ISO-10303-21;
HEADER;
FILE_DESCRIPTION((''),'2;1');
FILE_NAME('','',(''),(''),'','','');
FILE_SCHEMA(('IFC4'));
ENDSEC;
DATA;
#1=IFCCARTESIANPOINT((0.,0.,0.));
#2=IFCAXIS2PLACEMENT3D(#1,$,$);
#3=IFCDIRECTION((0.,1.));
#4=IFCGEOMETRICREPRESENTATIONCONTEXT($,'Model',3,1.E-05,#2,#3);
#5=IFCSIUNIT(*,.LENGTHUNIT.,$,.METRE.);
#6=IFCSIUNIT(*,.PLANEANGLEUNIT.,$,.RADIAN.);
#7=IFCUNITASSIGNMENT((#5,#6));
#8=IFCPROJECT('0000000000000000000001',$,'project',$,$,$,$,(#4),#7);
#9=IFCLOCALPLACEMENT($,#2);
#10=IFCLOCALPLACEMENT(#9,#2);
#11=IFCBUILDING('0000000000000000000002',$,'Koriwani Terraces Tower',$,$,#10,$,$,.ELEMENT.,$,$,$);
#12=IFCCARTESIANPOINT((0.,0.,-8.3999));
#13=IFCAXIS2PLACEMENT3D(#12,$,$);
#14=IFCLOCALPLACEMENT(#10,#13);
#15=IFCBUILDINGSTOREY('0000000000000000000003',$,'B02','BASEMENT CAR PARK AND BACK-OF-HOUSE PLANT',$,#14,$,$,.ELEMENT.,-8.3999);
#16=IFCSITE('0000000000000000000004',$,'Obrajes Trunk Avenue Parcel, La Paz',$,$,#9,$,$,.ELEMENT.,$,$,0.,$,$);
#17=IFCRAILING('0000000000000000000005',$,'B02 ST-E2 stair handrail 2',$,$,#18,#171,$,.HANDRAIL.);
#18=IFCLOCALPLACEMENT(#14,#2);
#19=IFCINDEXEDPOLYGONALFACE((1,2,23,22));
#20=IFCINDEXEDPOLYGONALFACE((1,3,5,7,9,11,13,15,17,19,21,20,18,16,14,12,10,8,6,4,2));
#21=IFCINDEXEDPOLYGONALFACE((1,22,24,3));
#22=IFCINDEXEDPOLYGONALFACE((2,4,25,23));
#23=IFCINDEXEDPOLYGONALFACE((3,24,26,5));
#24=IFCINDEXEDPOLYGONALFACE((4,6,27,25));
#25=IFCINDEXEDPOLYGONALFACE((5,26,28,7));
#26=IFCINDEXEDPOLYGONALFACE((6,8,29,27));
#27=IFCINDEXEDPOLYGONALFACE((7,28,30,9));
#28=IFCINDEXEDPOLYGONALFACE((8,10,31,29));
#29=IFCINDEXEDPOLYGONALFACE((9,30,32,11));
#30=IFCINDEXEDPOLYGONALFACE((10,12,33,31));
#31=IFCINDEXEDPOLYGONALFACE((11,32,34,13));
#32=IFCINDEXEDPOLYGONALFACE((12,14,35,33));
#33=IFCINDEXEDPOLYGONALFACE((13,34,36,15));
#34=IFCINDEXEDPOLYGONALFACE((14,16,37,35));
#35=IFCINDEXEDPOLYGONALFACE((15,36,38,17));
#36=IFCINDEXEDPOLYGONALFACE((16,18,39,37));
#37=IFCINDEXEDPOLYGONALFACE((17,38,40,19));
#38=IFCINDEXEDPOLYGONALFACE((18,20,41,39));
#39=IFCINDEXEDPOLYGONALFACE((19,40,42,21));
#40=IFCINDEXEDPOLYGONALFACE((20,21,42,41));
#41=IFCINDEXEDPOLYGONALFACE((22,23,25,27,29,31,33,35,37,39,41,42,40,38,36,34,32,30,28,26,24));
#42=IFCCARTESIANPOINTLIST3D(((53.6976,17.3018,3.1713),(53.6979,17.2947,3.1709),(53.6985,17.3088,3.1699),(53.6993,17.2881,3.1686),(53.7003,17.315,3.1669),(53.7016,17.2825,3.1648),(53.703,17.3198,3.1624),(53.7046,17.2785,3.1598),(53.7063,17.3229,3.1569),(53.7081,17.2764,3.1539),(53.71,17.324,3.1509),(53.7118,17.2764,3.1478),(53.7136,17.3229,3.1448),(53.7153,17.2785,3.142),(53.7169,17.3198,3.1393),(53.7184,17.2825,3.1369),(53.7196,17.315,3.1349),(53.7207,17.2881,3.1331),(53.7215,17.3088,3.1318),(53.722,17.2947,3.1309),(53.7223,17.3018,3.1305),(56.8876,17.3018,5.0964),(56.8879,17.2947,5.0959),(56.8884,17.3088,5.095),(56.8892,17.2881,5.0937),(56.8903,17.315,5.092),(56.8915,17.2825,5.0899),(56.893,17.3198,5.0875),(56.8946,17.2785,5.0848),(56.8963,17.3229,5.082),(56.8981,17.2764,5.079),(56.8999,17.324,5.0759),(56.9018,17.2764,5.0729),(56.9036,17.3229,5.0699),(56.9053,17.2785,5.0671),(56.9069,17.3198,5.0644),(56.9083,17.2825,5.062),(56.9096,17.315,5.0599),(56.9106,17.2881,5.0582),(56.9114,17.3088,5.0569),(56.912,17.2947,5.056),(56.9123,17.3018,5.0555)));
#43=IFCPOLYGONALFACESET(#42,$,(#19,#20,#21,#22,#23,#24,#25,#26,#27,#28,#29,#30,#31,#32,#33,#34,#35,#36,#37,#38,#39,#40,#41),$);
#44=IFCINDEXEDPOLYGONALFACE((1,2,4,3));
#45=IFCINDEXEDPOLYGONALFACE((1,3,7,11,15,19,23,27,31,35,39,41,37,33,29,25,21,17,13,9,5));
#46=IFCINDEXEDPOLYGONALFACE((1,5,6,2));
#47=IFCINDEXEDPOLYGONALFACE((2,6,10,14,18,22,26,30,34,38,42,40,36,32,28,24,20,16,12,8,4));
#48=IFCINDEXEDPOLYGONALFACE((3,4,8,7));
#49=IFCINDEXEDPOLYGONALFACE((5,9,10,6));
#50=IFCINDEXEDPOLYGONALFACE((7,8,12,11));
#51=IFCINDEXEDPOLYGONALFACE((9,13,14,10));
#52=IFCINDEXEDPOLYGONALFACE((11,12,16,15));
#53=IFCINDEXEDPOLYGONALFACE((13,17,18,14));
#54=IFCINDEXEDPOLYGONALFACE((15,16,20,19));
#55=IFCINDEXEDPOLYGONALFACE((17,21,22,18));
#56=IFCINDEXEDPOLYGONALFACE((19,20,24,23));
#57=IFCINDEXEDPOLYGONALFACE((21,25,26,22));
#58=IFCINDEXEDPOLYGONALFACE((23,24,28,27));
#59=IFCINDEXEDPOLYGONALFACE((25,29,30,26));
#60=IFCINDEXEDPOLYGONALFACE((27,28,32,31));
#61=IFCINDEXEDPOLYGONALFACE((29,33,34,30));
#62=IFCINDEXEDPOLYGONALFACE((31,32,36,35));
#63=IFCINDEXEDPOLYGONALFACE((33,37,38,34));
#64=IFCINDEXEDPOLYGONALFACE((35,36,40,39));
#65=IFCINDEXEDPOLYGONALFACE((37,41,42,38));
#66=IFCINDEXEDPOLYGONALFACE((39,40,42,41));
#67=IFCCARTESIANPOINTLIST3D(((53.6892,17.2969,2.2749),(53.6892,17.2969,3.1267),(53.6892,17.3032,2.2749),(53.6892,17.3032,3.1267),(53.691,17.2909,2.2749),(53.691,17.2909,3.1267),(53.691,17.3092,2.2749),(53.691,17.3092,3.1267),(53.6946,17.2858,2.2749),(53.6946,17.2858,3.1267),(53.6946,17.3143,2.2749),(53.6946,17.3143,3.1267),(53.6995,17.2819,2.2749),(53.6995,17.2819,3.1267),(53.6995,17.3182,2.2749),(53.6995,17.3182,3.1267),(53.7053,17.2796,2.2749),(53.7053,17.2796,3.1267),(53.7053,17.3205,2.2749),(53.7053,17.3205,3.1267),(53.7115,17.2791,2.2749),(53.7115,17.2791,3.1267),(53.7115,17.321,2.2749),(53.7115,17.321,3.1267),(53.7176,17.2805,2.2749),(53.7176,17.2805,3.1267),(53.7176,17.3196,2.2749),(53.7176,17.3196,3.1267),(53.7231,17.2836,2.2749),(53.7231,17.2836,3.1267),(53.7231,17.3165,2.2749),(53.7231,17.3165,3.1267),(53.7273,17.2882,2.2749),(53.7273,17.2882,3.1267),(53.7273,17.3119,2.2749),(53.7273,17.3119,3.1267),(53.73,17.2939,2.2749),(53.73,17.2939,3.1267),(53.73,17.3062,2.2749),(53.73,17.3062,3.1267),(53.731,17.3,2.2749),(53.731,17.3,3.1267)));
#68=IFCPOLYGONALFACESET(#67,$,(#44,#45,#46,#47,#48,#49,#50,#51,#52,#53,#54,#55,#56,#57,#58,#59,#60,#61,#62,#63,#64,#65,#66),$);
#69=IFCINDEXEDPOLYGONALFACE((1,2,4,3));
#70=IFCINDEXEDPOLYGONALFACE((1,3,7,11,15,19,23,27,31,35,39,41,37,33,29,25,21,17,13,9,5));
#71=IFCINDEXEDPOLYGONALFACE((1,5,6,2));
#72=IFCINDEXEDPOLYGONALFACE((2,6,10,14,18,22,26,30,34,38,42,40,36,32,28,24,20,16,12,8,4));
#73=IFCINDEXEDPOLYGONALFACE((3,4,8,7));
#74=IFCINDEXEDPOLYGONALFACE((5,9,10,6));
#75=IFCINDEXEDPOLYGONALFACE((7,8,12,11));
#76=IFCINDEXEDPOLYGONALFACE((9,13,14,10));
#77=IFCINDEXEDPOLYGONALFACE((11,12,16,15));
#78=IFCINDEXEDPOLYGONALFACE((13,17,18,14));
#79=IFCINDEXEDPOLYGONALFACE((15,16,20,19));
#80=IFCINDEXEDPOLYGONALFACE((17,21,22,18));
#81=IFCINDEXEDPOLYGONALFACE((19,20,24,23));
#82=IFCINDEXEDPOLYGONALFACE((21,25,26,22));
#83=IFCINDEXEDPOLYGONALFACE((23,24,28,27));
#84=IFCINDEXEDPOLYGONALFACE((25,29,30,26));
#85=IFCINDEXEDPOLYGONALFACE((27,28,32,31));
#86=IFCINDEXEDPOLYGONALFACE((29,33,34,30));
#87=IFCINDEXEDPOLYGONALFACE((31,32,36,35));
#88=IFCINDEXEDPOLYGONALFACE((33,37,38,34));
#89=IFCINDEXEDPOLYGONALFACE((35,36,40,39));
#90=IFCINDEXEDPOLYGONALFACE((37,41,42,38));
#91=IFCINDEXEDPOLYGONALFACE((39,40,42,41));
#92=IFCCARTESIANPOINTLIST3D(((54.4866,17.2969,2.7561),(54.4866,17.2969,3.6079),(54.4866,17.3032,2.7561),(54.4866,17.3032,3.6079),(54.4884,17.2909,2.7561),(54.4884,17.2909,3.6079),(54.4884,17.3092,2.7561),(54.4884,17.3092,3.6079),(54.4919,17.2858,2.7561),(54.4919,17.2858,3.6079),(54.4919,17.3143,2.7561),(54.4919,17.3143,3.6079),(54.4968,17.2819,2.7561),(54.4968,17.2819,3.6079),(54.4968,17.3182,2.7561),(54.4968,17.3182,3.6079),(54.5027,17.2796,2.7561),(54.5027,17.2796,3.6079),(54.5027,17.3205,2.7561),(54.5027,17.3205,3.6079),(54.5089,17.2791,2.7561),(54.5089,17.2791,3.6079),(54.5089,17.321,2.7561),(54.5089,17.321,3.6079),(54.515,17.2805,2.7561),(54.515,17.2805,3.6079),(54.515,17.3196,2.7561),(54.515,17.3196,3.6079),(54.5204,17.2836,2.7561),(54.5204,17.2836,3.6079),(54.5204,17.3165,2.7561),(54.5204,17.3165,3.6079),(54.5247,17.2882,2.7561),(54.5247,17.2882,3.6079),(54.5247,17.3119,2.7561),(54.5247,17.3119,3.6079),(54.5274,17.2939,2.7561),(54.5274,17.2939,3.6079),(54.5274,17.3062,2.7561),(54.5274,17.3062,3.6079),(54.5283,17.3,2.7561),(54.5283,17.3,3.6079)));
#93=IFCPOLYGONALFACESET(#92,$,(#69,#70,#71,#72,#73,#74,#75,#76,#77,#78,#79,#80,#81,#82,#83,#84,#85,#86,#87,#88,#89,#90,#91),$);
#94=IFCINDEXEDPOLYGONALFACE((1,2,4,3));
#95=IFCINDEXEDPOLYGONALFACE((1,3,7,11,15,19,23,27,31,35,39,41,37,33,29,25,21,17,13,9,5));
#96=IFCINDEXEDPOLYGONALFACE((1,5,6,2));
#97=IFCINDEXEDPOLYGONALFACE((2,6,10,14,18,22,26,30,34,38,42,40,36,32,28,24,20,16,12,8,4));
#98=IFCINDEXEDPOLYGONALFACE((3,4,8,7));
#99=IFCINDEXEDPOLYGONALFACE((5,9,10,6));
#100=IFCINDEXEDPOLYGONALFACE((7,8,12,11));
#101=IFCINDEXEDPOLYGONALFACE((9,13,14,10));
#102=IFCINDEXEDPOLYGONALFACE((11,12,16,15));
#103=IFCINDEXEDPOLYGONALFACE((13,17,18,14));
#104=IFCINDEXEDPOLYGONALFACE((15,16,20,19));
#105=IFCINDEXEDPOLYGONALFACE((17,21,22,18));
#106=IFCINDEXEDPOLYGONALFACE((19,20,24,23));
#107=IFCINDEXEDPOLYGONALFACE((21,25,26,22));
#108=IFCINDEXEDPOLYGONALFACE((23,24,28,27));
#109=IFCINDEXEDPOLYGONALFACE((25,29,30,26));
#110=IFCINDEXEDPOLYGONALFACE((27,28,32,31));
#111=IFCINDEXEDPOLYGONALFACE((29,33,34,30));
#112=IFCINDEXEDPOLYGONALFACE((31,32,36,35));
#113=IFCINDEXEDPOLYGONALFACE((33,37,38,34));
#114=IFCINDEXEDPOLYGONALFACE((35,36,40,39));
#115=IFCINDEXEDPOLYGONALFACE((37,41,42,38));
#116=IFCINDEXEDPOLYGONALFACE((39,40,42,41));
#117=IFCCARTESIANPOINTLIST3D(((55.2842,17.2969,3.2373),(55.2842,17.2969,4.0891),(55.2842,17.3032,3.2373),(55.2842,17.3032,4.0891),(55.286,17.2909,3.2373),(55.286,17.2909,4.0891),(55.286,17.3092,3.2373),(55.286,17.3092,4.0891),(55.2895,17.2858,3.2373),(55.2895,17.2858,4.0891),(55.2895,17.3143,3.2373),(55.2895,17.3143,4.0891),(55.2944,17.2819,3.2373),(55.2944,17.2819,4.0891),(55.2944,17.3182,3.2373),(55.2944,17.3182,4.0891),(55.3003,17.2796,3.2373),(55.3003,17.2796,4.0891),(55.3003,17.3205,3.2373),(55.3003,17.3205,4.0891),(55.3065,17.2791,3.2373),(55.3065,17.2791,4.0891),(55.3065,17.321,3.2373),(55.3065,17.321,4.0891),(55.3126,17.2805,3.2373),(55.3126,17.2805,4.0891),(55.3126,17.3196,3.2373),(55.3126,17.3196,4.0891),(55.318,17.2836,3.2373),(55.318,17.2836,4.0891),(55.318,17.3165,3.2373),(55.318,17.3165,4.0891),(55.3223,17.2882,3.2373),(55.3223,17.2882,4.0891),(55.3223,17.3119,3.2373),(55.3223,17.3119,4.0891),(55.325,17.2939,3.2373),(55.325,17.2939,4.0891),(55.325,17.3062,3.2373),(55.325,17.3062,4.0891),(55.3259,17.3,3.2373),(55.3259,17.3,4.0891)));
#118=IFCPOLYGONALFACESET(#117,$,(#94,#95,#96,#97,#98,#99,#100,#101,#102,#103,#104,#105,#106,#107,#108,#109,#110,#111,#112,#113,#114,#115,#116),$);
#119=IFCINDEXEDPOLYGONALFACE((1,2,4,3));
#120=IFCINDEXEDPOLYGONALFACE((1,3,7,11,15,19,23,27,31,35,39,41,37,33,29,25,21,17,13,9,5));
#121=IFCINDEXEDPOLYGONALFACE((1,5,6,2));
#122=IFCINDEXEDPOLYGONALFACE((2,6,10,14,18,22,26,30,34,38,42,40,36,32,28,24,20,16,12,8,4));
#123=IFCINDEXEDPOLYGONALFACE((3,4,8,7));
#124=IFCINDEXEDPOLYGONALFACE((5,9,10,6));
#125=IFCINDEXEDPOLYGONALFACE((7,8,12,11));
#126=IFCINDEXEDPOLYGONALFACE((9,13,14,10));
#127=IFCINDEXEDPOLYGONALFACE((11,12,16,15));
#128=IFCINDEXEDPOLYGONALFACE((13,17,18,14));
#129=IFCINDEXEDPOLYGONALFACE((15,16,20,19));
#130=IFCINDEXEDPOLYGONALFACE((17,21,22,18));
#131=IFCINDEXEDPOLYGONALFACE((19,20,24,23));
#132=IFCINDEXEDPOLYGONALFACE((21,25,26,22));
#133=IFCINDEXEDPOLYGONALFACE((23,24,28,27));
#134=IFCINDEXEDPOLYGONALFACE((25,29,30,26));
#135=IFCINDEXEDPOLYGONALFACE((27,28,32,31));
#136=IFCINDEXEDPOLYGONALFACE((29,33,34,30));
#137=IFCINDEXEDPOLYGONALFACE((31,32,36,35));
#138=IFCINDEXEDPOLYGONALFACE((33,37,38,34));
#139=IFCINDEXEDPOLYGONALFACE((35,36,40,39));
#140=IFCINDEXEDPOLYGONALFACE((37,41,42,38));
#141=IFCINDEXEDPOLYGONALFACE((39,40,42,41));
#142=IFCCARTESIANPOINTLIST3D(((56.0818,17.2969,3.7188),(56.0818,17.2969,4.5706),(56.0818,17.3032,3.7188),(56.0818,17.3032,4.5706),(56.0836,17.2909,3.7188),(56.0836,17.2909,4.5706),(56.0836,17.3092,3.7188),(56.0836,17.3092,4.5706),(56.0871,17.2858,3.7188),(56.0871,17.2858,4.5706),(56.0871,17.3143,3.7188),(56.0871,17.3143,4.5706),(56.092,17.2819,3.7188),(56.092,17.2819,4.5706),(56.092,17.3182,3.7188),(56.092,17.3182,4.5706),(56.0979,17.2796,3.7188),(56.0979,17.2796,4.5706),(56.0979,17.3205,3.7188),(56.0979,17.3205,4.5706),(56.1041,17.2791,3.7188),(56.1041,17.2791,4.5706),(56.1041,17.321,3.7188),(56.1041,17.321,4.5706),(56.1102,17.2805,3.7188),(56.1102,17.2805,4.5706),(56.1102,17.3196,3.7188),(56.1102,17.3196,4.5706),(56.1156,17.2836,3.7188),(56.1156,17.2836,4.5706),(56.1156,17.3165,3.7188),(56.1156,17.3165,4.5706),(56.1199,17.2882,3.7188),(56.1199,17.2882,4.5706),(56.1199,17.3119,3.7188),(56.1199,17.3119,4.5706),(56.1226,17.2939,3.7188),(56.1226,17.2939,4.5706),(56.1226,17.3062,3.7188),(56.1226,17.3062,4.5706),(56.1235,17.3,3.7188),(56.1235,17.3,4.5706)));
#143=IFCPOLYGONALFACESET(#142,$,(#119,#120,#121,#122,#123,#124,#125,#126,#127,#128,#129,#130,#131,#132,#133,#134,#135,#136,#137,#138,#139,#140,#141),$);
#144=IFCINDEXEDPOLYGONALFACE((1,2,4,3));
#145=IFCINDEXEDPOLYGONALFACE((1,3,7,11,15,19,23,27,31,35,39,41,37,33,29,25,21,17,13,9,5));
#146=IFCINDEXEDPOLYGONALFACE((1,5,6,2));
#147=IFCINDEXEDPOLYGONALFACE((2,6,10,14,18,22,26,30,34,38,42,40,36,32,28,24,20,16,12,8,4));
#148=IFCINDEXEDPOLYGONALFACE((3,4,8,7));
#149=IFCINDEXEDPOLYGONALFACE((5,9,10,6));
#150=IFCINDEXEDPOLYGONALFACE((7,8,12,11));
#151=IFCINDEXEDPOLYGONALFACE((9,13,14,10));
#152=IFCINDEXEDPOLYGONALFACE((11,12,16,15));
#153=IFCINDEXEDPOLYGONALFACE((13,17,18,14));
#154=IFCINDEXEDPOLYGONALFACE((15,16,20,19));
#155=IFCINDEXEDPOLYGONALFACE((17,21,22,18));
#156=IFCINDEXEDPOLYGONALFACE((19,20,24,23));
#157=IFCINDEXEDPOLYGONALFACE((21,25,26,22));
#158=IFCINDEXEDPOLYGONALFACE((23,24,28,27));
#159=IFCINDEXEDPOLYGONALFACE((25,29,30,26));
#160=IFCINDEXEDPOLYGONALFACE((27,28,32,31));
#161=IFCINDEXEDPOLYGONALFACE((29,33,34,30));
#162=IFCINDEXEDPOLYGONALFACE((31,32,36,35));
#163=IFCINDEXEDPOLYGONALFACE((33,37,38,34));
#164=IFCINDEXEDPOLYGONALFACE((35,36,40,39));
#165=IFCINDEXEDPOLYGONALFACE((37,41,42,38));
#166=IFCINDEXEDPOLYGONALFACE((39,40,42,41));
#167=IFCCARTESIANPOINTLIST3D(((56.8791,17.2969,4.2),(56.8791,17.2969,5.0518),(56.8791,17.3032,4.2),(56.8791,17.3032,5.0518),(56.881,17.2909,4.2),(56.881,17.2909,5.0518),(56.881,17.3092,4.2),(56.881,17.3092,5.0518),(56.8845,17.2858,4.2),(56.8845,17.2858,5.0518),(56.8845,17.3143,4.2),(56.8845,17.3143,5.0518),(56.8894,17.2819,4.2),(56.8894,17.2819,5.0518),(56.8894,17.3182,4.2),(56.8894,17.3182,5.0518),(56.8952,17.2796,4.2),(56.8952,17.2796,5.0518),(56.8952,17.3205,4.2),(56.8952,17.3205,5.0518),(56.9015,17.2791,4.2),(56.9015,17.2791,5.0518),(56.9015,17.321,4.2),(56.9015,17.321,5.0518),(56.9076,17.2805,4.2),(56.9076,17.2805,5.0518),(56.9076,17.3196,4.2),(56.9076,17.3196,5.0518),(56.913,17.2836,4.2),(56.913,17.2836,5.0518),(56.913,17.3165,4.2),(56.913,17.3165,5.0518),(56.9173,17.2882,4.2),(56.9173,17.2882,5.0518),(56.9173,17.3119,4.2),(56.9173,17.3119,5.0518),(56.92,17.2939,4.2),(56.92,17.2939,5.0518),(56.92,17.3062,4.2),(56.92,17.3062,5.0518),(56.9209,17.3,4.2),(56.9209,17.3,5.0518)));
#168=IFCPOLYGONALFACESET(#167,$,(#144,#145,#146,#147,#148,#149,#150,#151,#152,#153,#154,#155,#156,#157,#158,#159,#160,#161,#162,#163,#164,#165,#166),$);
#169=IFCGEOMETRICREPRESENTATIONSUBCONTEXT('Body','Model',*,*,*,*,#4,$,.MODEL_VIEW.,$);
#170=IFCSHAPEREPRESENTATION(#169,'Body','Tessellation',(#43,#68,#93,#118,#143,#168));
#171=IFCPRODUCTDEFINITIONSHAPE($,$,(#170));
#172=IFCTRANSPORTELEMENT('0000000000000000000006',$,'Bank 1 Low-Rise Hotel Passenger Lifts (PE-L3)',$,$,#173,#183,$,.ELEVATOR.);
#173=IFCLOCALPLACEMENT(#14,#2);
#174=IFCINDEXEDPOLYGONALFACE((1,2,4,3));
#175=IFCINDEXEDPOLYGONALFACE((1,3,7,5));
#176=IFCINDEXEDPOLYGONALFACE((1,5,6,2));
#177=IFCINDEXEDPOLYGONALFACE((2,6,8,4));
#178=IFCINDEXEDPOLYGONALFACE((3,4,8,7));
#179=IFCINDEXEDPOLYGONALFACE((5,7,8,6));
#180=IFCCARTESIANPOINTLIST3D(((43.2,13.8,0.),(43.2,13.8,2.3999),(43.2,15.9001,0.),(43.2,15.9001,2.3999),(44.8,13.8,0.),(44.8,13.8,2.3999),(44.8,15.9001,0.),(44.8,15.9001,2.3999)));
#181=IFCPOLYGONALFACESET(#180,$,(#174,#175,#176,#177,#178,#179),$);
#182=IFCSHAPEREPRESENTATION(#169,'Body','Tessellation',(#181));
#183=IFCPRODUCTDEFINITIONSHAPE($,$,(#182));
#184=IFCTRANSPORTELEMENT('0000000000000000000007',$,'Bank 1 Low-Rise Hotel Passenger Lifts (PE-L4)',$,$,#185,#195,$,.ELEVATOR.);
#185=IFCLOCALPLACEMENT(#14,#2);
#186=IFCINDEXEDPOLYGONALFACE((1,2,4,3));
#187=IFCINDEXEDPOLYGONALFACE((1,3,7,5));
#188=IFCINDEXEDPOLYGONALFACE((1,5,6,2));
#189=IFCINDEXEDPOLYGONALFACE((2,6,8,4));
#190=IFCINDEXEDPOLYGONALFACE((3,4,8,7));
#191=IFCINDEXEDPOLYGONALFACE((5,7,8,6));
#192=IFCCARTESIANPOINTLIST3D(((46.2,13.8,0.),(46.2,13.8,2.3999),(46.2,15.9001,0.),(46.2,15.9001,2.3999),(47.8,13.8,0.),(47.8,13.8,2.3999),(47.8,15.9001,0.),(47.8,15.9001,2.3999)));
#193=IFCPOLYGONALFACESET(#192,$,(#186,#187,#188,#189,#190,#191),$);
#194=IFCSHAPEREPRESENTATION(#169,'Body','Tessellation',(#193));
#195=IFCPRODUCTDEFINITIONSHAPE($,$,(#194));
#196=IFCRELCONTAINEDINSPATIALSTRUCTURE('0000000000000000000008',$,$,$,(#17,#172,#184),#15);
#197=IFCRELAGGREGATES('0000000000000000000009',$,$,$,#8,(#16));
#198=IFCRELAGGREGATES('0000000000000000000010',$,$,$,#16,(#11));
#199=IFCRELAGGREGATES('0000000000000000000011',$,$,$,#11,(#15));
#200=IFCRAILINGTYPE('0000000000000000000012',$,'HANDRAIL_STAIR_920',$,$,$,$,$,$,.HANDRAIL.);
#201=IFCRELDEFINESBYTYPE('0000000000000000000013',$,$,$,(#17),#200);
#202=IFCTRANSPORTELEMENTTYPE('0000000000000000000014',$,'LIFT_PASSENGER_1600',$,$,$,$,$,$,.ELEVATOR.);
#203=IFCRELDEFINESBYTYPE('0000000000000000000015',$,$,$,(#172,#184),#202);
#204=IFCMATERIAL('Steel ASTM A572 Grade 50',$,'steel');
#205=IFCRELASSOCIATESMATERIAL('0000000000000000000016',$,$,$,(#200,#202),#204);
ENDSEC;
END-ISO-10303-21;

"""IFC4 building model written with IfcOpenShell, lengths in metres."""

from ifc_helpers import new_model, si_unit, direction, frame, origin, origin_2d, place, context, subcontext, project, spatial, rectangle, circle, extrude, material, type_object, element, save


model = new_model("IFC4")

# Units and contexts
model_context = context("Model", 3, precision=1e-05, world=origin(), true_north=direction((0.0, 1.0)))
body_context = subcontext(model_context, "Body", "Model", "MODEL_VIEW")
ifc_project = project(units=[si_unit("LENGTHUNIT", "METRE"), si_unit("PLANEANGLEUNIT", "RADIAN")], contexts=[model_context])

# Site, building, storey
site_placement = place(None, origin())
site = spatial("IfcSite", under=ifc_project, at=site_placement, Name="Obrajes Trunk Avenue Parcel, La Paz", CompositionType="ELEMENT", RefElevation=0.0)
building_placement = place(site_placement, origin())
building = spatial("IfcBuilding", under=site, at=building_placement, Name="Koriwani Terraces Tower", CompositionType="ELEMENT")
storey_placement = place(building_placement, frame((0.0, 0.0, -8.3999)))
storey = spatial("IfcBuildingStorey", under=building, at=storey_placement, Name="B02", Description="BASEMENT CAR PARK AND BACK-OF-HOUSE PLANT", CompositionType="ELEMENT", Elevation=-8.3999)

# Shared definitions
ifc_material_1 = material(Name="Steel ASTM A572 Grade 50", Category="steel")

# Railing
railing_type_1 = type_object("IfcRailingType", Name="HANDRAIL_STAIR_920", PredefinedType="HANDRAIL", material=ifc_material_1)
for number, where, name in (
    (1, (53.71, 17.3, 2.2749), "B02 ST-E2 stair handrail 2"),
):
    element("IfcRailing", number, at=place(storey_placement, frame(where)), inside=storey, type_object=railing_type_1, Name=name, PredefinedType="HANDRAIL", context=body_context, shape_type="SweptSolid", body=[
        extrude(circle(Radius=0.0239, at=origin_2d()), frame((0.0, 0.0, 0.876), z_axis=(0.856178, 0.0, 0.516682), x_axis=(0.0, 1.0, 0.0)), (0.0, 0.0, 1.0), 3.7258),
        extrude(circle(Radius=0.021, at=origin_2d()), origin(), (0.0, 0.0, 1.0), 0.8518),
        extrude(circle(Radius=0.021, at=origin_2d()), frame((0.7974, 0.0, 0.4812)), (0.0, 0.0, 1.0), 0.8518),
        extrude(circle(Radius=0.021, at=origin_2d()), frame((1.595, 0.0, 0.9624)), (0.0, 0.0, 1.0), 0.8518),
        extrude(circle(Radius=0.021, at=origin_2d()), frame((2.3926, 0.0, 1.4438)), (0.0, 0.0, 1.0), 0.8518),
        extrude(circle(Radius=0.021, at=origin_2d()), frame((3.1899, 0.0, 1.925)), (0.0, 0.0, 1.0), 0.8518),
    ])

# Transport elements
transport_element_type = type_object("IfcTransportElementType", Name="LIFT_PASSENGER_1600", PredefinedType="ELEVATOR", material=ifc_material_1)
for number, where, z_axis, x_axis, name in (
    (2, (44.0, 14.8501, 0.0), (0.0, 0.0, 1.0), (1.0, 0.0, 0.0), "Bank 1 Low-Rise Hotel Passenger Lifts (PE-L3)"),
    (3, (47.0, 14.8501, 0.0), (0.0, 0.0, 1.0), (1.0, 0.0, 0.0), "Bank 1 Low-Rise Hotel Passenger Lifts (PE-L4)"),
):
    element("IfcTransportElement", number, at=place(storey_placement, frame(where, z_axis=z_axis, x_axis=x_axis)), inside=storey, type_object=transport_element_type, Name=name, PredefinedType="ELEVATOR", context=body_context, shape_type="SweptSolid", body=[
        extrude(rectangle(XDim=1.6001, YDim=2.1001, at=origin_2d()), origin(), (0.0, 0.0, 1.0), 2.3999),
    ])

save(model, "model.ifc")
